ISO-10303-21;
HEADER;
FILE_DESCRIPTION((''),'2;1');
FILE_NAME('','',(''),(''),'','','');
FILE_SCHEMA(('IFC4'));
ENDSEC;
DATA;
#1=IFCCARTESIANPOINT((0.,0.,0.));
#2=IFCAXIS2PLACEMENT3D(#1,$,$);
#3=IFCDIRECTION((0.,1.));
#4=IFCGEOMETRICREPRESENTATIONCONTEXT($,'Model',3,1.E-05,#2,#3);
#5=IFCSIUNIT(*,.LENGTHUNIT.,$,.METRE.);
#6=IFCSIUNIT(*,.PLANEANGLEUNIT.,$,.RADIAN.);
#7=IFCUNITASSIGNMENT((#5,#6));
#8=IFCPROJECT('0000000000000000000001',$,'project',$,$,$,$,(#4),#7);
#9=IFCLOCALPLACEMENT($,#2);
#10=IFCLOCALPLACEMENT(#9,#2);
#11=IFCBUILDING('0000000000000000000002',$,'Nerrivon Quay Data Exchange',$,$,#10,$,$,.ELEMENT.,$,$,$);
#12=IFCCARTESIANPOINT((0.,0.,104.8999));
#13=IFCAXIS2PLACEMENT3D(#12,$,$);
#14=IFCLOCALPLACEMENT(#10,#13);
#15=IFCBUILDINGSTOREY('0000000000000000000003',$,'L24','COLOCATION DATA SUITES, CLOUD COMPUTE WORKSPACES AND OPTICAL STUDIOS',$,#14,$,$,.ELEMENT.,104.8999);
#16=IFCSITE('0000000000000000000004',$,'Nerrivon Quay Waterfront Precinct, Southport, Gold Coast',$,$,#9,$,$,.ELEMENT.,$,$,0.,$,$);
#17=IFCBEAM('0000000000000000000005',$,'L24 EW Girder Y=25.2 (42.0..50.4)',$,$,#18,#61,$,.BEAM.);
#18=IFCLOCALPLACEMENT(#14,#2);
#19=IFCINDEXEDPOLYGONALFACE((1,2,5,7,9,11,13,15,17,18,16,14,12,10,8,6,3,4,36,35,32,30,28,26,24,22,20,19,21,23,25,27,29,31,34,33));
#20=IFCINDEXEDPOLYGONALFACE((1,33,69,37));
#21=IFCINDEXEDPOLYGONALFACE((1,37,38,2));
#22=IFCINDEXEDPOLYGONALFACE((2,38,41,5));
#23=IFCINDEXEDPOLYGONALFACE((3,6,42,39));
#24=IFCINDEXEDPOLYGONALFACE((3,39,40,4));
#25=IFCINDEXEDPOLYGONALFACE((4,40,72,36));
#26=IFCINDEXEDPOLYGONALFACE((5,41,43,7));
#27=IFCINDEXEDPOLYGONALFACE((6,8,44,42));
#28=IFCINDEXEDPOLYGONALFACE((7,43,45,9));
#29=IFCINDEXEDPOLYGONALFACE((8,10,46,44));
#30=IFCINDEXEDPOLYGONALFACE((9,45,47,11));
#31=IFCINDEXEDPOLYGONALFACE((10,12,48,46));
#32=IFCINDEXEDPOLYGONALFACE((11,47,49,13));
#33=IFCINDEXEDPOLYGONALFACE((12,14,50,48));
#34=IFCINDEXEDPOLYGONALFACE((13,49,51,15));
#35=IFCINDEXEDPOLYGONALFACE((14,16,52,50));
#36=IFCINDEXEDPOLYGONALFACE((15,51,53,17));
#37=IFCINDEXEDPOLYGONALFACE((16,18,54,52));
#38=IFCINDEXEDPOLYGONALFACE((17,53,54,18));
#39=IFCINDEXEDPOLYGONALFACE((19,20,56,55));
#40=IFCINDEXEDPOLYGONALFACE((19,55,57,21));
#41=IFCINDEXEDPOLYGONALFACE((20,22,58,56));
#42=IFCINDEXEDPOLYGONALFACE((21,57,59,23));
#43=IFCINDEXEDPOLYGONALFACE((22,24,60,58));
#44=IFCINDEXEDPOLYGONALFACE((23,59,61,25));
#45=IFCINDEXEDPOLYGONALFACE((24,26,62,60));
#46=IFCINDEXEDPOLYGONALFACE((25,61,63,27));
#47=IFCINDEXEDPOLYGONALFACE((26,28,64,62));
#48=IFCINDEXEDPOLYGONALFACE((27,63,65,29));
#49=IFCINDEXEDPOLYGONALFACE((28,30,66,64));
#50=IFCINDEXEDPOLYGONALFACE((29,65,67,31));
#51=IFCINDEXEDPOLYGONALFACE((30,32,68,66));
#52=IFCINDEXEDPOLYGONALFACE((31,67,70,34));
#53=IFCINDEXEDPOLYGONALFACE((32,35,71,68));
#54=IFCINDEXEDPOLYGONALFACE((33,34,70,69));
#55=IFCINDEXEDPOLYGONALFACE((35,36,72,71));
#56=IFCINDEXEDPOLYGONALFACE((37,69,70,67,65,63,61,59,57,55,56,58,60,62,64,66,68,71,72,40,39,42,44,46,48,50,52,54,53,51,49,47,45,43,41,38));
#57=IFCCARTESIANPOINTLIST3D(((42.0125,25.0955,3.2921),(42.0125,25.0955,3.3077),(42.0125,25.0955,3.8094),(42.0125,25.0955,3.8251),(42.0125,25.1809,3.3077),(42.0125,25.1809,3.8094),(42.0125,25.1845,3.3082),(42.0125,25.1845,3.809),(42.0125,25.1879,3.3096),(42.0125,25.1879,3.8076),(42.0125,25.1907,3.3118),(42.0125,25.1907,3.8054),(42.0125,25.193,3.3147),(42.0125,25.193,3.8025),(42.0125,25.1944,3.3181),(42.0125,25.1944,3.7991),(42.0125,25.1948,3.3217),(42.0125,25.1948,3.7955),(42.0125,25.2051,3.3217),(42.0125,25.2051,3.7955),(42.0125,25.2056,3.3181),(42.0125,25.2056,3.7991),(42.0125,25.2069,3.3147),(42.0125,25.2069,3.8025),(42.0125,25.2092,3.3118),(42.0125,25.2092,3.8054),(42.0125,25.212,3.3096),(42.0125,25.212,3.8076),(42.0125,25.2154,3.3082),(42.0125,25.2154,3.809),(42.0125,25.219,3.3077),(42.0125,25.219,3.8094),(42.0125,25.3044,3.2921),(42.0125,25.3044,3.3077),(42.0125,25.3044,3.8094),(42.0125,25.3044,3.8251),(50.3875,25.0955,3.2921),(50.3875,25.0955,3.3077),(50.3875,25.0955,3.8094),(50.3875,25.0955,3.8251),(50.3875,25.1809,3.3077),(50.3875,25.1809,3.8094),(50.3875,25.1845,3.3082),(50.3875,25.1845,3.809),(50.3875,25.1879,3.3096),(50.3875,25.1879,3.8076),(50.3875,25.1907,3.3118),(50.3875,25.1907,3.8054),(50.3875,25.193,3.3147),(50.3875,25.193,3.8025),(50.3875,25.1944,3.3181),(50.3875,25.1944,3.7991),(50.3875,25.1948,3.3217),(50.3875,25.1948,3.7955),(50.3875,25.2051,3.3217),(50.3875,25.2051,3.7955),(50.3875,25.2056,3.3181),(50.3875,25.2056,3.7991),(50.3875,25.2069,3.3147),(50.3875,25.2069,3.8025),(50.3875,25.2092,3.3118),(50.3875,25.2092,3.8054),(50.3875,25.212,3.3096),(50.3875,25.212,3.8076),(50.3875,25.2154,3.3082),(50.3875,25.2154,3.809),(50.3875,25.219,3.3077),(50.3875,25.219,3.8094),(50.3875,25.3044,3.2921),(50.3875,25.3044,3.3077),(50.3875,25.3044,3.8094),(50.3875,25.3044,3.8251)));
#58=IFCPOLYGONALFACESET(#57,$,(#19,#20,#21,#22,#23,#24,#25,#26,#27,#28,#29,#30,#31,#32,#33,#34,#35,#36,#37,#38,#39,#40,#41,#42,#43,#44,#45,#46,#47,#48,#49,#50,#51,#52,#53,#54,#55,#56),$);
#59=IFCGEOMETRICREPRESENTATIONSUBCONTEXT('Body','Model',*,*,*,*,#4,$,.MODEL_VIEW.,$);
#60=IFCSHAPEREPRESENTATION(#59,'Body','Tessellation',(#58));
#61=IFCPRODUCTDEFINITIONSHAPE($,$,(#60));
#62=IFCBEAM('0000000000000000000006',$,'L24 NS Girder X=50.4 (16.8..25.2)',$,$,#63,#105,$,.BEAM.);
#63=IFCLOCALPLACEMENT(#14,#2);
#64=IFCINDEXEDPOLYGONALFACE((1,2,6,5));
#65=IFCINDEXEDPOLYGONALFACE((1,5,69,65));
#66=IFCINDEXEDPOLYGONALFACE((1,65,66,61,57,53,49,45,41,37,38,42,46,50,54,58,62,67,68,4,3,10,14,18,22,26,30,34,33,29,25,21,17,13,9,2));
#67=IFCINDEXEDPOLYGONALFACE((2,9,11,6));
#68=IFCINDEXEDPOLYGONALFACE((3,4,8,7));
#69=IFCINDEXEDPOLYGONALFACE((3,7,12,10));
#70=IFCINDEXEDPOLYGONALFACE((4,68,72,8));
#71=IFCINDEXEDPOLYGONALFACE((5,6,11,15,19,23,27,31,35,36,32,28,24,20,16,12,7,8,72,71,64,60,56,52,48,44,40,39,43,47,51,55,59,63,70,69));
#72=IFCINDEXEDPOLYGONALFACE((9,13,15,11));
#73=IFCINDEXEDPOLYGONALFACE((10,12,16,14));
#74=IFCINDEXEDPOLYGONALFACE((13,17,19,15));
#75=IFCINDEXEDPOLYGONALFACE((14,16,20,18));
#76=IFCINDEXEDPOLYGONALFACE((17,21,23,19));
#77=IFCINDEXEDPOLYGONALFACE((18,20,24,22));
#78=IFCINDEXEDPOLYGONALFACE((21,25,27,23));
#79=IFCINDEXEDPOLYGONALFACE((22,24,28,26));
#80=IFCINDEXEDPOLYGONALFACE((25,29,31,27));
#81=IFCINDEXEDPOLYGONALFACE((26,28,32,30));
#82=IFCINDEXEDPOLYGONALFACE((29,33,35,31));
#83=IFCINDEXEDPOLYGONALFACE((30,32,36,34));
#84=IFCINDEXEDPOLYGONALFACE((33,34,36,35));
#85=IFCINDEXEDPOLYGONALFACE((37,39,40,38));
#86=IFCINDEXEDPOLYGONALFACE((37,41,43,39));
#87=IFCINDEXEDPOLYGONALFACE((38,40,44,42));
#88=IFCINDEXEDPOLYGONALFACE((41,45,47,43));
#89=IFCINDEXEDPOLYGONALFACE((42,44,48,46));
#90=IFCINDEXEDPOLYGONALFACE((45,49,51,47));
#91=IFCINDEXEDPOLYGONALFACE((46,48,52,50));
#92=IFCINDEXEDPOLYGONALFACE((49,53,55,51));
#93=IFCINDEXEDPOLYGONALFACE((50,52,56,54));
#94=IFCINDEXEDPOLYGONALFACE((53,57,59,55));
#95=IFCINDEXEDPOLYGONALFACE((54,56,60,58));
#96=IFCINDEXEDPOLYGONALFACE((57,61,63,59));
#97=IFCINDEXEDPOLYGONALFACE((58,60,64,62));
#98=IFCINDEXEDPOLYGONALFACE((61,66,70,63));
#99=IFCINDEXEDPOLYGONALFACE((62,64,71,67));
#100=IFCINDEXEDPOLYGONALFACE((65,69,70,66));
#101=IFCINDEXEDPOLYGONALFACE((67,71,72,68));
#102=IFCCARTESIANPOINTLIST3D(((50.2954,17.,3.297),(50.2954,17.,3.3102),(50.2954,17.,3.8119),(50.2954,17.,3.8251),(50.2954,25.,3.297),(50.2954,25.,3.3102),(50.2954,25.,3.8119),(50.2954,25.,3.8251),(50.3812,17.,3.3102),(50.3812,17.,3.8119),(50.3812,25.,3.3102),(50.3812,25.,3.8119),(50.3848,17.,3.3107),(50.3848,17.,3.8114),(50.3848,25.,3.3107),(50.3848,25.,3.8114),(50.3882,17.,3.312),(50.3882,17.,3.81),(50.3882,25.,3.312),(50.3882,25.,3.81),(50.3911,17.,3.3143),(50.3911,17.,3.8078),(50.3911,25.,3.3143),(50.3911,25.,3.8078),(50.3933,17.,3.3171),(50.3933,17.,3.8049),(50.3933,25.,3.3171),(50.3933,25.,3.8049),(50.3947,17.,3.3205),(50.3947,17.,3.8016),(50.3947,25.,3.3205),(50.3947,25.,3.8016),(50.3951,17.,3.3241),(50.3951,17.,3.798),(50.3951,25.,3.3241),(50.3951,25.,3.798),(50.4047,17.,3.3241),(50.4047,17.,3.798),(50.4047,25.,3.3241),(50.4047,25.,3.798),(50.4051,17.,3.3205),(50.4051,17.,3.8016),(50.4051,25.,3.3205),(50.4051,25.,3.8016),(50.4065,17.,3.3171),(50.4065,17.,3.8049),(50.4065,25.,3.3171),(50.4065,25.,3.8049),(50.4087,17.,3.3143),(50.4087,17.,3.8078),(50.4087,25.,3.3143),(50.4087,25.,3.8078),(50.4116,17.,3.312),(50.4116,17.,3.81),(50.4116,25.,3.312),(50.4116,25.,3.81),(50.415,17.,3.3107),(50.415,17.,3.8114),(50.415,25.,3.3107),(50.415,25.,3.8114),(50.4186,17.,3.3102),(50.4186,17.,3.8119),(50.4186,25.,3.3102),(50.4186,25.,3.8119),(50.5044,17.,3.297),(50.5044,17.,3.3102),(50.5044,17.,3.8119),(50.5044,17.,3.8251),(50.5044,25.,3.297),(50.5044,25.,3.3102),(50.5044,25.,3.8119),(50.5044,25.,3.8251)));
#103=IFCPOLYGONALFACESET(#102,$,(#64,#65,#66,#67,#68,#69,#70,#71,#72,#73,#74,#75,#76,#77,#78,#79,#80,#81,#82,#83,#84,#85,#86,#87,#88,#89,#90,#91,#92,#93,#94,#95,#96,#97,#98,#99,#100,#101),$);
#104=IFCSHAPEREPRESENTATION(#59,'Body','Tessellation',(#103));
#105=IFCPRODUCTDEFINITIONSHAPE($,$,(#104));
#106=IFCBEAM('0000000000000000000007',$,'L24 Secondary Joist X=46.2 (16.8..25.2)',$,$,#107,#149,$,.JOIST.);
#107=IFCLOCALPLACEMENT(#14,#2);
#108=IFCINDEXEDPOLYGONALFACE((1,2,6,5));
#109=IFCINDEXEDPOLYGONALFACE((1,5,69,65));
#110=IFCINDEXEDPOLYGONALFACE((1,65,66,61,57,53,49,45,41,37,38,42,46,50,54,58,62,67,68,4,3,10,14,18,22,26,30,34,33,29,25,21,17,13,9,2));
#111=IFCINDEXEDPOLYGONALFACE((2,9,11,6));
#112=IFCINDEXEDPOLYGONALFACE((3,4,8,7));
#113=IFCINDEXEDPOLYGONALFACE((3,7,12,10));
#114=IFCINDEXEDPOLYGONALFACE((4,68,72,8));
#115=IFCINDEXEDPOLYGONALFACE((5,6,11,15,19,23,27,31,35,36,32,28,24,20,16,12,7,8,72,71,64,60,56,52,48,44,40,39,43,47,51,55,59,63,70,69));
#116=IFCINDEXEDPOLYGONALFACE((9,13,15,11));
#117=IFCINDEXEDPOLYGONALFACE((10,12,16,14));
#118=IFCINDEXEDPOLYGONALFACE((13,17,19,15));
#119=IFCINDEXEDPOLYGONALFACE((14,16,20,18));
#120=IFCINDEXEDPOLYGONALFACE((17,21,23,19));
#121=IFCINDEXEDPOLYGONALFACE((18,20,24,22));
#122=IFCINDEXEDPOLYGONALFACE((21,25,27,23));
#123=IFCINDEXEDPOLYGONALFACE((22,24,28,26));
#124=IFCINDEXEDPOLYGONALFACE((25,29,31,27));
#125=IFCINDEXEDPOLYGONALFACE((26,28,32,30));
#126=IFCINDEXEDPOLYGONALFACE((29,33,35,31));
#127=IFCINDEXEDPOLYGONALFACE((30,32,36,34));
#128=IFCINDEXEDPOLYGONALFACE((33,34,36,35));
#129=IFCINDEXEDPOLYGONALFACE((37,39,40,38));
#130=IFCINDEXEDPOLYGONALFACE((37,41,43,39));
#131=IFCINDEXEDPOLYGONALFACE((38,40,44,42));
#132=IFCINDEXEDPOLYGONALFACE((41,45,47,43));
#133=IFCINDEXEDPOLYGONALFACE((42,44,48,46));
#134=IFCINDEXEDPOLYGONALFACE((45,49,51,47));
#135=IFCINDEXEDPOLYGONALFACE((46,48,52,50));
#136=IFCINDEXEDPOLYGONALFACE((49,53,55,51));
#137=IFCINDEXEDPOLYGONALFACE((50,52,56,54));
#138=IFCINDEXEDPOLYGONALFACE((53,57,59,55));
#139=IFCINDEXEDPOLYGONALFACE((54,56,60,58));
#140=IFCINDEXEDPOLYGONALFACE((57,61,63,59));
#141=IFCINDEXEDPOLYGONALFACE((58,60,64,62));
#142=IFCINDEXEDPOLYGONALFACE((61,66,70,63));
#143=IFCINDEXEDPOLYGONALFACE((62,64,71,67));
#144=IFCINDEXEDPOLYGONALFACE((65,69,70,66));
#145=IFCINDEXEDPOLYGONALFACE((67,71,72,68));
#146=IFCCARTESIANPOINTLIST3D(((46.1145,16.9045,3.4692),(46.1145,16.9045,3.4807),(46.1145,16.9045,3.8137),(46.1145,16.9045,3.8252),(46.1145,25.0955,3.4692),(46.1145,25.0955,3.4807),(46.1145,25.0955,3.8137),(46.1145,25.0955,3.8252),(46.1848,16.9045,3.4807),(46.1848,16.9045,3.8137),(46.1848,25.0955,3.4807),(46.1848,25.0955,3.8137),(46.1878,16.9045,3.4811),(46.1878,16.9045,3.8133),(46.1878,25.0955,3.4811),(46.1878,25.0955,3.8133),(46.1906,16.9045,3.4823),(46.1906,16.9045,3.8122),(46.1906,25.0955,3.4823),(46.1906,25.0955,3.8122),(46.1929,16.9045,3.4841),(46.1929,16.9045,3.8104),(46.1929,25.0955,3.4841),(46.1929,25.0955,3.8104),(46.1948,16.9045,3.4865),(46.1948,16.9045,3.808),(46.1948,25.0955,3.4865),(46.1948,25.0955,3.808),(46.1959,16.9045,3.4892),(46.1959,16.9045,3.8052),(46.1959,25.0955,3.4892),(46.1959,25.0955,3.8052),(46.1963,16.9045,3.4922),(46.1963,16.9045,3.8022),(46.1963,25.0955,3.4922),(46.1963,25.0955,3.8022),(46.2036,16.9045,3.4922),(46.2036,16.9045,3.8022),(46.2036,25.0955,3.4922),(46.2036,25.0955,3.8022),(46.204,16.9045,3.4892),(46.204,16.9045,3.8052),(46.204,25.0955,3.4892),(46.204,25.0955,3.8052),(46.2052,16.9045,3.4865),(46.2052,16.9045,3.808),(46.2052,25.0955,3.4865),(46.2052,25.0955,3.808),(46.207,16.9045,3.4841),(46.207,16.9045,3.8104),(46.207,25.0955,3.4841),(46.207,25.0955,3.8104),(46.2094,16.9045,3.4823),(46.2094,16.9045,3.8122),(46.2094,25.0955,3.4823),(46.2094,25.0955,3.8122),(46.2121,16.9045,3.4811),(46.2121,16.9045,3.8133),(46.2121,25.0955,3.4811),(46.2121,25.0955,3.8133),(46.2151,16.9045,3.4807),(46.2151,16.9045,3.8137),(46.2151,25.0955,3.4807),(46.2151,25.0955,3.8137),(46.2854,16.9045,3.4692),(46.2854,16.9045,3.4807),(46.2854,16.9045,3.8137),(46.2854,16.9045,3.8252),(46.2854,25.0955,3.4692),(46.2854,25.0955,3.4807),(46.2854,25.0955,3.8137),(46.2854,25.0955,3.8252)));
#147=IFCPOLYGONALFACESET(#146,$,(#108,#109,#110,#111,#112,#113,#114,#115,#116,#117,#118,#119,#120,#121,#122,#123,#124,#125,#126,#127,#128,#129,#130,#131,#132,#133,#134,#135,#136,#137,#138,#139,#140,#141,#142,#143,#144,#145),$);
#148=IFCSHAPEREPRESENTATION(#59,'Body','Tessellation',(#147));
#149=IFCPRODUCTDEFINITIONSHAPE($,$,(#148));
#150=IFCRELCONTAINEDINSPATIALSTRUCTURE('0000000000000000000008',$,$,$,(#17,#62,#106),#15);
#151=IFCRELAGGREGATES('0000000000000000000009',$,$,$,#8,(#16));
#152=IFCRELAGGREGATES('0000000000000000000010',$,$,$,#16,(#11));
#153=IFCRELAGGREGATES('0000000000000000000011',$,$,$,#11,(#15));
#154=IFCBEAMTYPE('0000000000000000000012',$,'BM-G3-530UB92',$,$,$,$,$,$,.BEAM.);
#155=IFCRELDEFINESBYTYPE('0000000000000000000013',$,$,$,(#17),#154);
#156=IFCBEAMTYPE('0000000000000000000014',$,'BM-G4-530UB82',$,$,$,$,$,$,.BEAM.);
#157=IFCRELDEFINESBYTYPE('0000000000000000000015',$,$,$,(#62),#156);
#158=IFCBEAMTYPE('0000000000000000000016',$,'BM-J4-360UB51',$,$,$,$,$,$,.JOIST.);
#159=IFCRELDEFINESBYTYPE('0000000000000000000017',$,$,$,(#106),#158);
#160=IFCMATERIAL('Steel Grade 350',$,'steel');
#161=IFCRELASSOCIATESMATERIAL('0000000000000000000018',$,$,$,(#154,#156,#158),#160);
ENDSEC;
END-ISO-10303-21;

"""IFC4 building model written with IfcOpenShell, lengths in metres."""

from ifc_helpers import new_model, si_unit, direction, frame, origin, origin_2d, place, context, subcontext, project, spatial, i_section, extrude, material, material_profile, profile_set, type_object, element, save


model = new_model("IFC4")

# Units and contexts
model_context = context("Model", 3, precision=1e-05, world=origin(), true_north=direction((0.0, 1.0)))
body_context = subcontext(model_context, "Body", "Model", "MODEL_VIEW")
ifc_project = project(units=[si_unit("LENGTHUNIT", "METRE"), si_unit("PLANEANGLEUNIT", "RADIAN")], contexts=[model_context])

# Site, building, storey
site_placement = place(None, origin())
site = spatial("IfcSite", under=ifc_project, at=site_placement, Name="Nerrivon Quay Waterfront Precinct, Southport, Gold Coast", CompositionType="ELEMENT", RefElevation=0.0)
building_placement = place(site_placement, origin())
building = spatial("IfcBuilding", under=site, at=building_placement, Name="Nerrivon Quay Data Exchange", CompositionType="ELEMENT")
storey_placement = place(building_placement, frame((0.0, 0.0, 104.8999)))
storey = spatial("IfcBuildingStorey", under=building, at=storey_placement, Name="L24", Description="COLOCATION DATA SUITES, CLOUD COMPUTE WORKSPACES AND OPTICAL STUDIOS", CompositionType="ELEMENT", Elevation=104.8999)

# Shared definitions
ifc_material_1 = material(Name="Steel Grade 350", Category="steel")

# Beams
ifc_material_profile_1 = material_profile(ifc_material_1, i_section(OverallWidth=0.209, OverallDepth=0.533, WebThickness=0.0103, FlangeThickness=0.0156, FilletRadius=0.0139, at=origin_2d()), Name="530UB92.4")
ifc_profile_set_1 = profile_set([ifc_material_profile_1], Name="Steel Grade 350")
beam_type_1 = type_object("IfcBeamType", Name="BM-G3-530UB92", PredefinedType="BEAM", material=ifc_profile_set_1)
beam_1_placement = place(storey_placement, frame((42.0125, 25.2, 3.5586), z_axis=(1.0, 0.0, 0.0), x_axis=(0.0, 1.0, 0.0)))
element("IfcBeam", 1, at=beam_1_placement, inside=storey, type_object=beam_type_1, Name="L24 EW Girder Y=25.2 (42.0..50.4)", PredefinedType="BEAM", context=body_context, shape_type="SweptSolid", body=[
    extrude(i_section(OverallWidth=0.209, OverallDepth=0.533, WebThickness=0.0103, FlangeThickness=0.0156, FilletRadius=0.0139, at=origin_2d()), origin(), (0.0, 0.0, 1.0), 8.375),
])
ifc_material_profile_2 = material_profile(ifc_material_1, i_section(OverallWidth=0.209, OverallDepth=0.5281, WebThickness=0.0095, FlangeThickness=0.0132, FilletRadius=0.0139, at=origin_2d()), Name="530UB82.0")
ifc_profile_set_2 = profile_set([ifc_material_profile_2], Name="Steel Grade 350")
beam_type_2 = type_object("IfcBeamType", Name="BM-G4-530UB82", PredefinedType="BEAM", material=ifc_profile_set_2)
beam_2_placement = place(storey_placement, frame((50.3999, 17.0, 3.561), z_axis=(0.0, 1.0, 0.0), x_axis=(-1.0, 0.0, 0.0)))
element("IfcBeam", 2, at=beam_2_placement, inside=storey, type_object=beam_type_2, Name="L24 NS Girder X=50.4 (16.8..25.2)", PredefinedType="BEAM", context=body_context, shape_type="SweptSolid", body=[
    extrude(i_section(OverallWidth=0.209, OverallDepth=0.5281, WebThickness=0.0095, FlangeThickness=0.0132, FilletRadius=0.0139, at=origin_2d()), origin(), (0.0, 0.0, 1.0), 8.0),
])
ifc_material_profile_3 = material_profile(ifc_material_1, i_section(OverallWidth=0.1709, OverallDepth=0.356, WebThickness=0.0073, FlangeThickness=0.0115, FilletRadius=0.0115, at=origin_2d()), Name="360UB50.7")
ifc_profile_set_3 = profile_set([ifc_material_profile_3], Name="Steel Grade 350")
beam_type_3 = type_object("IfcBeamType", Name="BM-J4-360UB51", PredefinedType="JOIST", material=ifc_profile_set_3)
beam_3_placement = place(storey_placement, frame((46.2, 16.9045, 3.6472), z_axis=(0.0, 1.0, 0.0), x_axis=(-1.0, 0.0, 0.0)))
element("IfcBeam", 3, at=beam_3_placement, inside=storey, type_object=beam_type_3, Name="L24 Secondary Joist X=46.2 (16.8..25.2)", PredefinedType="JOIST", context=body_context, shape_type="SweptSolid", body=[
    extrude(i_section(OverallWidth=0.1709, OverallDepth=0.356, WebThickness=0.0073, FlangeThickness=0.0115, FilletRadius=0.0115, at=origin_2d()), origin(), (0.0, 0.0, 1.0), 8.1909),
])

save(model, "model.ifc")
